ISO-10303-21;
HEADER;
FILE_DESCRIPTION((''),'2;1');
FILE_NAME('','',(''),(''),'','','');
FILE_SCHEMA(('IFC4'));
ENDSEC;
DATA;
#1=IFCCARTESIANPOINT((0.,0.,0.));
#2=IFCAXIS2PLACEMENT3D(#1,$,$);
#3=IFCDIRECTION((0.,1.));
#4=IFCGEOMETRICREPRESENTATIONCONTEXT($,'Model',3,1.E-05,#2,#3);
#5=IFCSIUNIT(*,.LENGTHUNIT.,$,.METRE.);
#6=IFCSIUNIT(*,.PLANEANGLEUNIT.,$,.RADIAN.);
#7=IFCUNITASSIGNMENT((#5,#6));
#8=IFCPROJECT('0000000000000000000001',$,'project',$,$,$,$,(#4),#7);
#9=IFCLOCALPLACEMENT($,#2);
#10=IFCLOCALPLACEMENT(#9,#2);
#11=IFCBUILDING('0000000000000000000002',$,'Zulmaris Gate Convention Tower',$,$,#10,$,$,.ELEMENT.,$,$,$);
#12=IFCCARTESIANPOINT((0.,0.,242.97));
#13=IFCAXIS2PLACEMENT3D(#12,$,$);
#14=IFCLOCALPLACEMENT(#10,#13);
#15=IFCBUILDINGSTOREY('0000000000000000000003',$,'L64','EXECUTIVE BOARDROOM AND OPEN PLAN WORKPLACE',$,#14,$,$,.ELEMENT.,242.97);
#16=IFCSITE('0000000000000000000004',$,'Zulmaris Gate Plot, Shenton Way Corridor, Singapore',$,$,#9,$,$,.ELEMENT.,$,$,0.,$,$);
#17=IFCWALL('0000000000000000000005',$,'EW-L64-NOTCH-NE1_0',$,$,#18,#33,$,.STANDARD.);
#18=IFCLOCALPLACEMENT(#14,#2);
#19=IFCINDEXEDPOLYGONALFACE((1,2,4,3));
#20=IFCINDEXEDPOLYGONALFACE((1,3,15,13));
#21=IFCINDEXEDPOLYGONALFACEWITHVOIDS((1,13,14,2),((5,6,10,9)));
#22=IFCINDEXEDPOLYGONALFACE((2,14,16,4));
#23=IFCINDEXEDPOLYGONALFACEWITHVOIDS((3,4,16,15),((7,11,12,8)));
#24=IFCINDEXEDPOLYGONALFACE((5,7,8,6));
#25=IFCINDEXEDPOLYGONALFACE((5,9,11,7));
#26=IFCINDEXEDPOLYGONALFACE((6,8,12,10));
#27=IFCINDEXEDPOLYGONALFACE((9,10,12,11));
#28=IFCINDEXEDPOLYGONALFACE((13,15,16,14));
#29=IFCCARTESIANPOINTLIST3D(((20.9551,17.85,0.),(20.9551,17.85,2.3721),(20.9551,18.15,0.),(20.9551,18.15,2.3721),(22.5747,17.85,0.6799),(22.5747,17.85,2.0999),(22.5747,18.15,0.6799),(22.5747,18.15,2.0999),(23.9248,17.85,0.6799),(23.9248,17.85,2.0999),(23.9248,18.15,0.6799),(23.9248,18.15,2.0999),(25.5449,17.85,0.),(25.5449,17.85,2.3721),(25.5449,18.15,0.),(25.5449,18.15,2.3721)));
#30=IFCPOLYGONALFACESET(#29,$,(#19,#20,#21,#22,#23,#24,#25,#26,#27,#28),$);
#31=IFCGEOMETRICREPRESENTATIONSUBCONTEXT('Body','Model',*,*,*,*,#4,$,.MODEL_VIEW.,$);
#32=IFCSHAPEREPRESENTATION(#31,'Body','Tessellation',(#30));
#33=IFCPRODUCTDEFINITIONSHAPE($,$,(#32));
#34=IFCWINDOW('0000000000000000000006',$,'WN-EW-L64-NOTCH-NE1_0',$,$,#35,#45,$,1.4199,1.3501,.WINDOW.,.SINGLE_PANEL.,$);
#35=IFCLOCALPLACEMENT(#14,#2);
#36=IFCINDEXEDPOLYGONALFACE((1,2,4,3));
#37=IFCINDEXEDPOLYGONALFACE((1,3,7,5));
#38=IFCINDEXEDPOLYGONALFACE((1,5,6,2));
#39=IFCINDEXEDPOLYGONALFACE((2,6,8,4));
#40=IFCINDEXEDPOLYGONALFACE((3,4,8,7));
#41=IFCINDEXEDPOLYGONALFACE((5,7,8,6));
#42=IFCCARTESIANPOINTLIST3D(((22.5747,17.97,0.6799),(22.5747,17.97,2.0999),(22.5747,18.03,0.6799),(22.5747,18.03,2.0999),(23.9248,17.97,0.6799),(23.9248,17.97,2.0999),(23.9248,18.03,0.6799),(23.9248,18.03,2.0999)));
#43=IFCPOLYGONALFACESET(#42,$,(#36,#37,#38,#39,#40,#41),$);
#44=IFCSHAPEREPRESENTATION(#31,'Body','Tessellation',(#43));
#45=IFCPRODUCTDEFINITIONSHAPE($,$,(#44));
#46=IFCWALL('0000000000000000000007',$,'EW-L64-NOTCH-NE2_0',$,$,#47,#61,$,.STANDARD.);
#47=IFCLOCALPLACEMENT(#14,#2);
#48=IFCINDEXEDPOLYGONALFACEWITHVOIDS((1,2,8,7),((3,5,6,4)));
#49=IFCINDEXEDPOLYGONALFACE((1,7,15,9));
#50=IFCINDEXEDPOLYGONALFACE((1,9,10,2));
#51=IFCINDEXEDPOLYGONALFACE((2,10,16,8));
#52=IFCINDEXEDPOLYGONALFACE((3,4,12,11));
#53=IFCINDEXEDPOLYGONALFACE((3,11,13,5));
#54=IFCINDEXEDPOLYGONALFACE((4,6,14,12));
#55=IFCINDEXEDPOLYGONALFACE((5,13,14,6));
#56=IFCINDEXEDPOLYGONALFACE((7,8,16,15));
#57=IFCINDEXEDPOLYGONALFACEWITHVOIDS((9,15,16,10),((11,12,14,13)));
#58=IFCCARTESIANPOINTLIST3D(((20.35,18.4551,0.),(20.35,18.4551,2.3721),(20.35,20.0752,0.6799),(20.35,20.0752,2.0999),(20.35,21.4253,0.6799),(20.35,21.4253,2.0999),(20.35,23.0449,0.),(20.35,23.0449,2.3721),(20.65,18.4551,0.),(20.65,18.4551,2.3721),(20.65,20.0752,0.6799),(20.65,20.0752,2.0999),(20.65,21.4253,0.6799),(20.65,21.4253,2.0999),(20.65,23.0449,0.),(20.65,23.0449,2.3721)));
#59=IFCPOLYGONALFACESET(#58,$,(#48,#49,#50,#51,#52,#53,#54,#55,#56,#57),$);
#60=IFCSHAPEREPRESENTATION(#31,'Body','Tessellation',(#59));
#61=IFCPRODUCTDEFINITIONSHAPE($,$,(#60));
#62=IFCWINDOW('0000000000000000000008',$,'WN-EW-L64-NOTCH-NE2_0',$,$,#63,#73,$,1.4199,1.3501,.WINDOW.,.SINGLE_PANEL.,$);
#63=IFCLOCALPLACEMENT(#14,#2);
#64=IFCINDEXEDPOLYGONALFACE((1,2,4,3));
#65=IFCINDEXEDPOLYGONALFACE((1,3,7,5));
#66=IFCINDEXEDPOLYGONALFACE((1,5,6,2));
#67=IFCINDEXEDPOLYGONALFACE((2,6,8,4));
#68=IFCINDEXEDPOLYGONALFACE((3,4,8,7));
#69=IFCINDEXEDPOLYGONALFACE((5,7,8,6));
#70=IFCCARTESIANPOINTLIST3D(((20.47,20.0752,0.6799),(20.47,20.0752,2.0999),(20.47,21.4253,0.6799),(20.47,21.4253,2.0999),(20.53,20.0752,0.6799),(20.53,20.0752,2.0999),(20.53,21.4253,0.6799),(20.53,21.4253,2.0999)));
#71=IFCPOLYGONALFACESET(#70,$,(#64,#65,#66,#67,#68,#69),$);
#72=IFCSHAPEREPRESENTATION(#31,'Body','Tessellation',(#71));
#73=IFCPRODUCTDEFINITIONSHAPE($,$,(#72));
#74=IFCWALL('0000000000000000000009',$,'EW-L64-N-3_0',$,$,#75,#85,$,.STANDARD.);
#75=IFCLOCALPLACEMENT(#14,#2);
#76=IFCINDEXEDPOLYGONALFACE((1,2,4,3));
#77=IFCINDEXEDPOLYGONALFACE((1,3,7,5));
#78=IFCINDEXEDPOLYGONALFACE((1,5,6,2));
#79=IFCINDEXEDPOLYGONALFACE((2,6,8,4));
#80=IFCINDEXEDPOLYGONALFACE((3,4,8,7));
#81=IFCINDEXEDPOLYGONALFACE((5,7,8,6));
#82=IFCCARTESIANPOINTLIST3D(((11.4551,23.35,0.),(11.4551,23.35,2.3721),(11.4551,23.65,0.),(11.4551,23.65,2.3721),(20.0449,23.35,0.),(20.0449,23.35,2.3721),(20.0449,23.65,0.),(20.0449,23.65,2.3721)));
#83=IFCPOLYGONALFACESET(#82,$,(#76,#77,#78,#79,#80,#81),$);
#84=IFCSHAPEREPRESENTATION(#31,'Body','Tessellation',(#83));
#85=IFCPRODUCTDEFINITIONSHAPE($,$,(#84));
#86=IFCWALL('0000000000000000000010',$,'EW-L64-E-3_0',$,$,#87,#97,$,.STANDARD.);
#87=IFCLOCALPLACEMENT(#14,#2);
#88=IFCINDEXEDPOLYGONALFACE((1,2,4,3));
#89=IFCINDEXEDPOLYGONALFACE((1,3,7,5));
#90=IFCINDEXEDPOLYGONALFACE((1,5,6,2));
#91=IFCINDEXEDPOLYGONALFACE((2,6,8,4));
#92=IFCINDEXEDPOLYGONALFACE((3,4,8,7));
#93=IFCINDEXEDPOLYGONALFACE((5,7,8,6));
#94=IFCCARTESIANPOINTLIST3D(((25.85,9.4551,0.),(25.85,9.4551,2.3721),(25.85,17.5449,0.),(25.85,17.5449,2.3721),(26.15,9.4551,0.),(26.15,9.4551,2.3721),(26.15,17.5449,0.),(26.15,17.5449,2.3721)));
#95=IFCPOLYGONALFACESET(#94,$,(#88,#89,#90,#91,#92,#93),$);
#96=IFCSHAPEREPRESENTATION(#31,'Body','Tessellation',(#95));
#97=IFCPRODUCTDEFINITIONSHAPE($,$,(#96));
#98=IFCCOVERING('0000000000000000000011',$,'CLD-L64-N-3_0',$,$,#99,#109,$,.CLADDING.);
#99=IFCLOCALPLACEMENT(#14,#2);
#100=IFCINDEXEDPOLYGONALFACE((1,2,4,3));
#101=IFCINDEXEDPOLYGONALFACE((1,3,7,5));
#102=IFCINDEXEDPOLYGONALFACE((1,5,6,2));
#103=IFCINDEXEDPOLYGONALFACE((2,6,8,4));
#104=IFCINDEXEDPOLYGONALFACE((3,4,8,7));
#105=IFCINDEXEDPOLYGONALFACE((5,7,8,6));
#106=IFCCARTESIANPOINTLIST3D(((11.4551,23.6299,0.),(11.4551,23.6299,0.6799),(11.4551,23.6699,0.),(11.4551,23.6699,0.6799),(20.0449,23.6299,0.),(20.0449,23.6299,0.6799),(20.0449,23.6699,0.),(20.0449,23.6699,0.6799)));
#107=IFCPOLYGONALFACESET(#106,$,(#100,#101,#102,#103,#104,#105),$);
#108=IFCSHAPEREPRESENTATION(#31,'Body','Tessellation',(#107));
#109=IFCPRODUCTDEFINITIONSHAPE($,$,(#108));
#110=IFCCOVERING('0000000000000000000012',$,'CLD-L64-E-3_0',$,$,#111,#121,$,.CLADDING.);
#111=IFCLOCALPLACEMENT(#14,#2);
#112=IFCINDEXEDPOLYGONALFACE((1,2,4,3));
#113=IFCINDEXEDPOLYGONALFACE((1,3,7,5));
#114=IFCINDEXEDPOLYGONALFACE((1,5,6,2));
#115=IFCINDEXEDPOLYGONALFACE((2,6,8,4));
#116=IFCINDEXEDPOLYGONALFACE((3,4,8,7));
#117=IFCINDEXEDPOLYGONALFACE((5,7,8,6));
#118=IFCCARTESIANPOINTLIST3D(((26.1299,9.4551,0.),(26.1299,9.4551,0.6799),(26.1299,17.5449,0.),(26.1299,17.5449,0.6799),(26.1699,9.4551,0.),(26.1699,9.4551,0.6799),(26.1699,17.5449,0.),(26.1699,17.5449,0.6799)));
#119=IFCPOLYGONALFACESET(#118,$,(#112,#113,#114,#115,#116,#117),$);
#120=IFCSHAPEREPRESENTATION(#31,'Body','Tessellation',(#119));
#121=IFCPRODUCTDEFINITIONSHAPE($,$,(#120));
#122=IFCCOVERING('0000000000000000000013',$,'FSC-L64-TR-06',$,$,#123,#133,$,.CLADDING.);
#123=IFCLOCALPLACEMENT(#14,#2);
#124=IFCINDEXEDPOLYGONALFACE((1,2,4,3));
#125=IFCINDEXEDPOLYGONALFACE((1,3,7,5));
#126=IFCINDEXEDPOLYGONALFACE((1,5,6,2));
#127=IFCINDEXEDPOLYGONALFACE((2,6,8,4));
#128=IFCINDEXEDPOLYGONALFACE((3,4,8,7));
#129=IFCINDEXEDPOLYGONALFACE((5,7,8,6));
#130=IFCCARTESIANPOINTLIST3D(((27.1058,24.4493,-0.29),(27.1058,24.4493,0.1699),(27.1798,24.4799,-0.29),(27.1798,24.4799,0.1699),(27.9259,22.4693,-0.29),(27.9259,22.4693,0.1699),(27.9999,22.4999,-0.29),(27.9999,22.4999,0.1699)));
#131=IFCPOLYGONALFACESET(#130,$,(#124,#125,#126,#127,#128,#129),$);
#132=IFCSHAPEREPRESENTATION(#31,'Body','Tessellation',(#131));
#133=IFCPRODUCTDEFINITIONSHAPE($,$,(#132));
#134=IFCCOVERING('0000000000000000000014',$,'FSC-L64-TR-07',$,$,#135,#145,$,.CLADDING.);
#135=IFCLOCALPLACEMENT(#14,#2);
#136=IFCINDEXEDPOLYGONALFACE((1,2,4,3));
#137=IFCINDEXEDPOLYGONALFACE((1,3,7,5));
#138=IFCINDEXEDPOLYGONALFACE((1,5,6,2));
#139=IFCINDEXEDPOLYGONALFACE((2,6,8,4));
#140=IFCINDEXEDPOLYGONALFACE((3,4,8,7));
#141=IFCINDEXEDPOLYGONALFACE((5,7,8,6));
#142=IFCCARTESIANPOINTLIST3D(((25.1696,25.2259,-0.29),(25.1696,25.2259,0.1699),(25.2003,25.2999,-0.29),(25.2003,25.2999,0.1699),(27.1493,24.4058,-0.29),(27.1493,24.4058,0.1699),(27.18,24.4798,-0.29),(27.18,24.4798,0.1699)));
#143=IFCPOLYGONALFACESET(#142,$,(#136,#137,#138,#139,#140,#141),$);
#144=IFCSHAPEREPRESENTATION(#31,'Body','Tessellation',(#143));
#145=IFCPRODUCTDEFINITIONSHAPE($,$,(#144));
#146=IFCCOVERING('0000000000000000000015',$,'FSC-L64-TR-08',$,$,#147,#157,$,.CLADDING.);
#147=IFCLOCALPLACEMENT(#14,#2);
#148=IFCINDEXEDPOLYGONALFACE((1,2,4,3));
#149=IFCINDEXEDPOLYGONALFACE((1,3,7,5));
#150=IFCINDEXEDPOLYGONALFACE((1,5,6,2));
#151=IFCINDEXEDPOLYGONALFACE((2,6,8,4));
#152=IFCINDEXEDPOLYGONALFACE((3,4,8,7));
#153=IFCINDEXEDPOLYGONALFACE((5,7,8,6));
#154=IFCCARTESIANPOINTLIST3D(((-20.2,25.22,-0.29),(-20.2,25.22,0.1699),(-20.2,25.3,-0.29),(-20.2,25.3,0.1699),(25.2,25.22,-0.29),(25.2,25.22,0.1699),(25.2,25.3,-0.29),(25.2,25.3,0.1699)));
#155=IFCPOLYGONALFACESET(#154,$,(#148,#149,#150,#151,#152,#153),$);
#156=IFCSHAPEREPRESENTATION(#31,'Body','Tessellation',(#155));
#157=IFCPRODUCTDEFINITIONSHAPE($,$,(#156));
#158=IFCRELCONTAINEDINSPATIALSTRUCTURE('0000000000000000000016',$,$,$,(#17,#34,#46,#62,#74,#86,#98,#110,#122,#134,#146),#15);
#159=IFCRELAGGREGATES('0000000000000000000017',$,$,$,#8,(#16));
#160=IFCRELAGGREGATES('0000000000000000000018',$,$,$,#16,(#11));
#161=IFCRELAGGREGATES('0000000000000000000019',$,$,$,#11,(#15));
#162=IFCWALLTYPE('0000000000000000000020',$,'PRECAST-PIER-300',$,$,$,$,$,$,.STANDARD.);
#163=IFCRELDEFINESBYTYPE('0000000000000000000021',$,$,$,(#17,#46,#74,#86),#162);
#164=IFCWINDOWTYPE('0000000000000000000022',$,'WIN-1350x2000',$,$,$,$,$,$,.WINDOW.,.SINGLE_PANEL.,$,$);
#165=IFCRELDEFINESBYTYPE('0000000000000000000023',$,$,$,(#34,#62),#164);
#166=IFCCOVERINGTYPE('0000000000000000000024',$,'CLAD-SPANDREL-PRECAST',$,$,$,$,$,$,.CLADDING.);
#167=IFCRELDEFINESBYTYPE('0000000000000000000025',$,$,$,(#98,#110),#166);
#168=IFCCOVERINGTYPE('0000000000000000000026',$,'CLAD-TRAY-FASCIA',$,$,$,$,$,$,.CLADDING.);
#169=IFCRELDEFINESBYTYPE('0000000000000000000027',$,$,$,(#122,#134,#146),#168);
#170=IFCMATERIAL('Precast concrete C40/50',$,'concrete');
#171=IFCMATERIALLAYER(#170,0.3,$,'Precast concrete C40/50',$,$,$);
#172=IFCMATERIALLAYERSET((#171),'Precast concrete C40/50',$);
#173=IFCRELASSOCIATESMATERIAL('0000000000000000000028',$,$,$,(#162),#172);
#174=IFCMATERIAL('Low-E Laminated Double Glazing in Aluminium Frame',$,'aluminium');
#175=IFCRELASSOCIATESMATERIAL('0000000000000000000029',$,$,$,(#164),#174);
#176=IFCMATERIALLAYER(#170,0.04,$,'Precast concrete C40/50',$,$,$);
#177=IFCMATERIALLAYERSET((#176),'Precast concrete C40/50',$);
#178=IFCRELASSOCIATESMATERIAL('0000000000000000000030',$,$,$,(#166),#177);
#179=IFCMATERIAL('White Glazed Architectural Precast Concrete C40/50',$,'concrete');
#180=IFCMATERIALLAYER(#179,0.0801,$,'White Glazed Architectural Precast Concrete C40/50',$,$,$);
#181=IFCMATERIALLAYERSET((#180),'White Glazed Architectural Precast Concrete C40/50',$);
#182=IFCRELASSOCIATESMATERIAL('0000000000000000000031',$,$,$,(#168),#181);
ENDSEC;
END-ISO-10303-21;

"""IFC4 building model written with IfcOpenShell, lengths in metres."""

from ifc_helpers import new_model, si_unit, direction, frame, frame_2d, origin, place, context, subcontext, project, spatial, rectangle, extrude, material, layer, layer_set, type_object, element, fill, save


model = new_model("IFC4")

# Units and contexts
model_context = context("Model", 3, precision=1e-05, world=origin(), true_north=direction((0.0, 1.0)))
body_context = subcontext(model_context, "Body", "Model", "MODEL_VIEW")
ifc_project = project(units=[si_unit("LENGTHUNIT", "METRE"), si_unit("PLANEANGLEUNIT", "RADIAN")], contexts=[model_context])

# Site, building, storey
site_placement = place(None, origin())
site = spatial("IfcSite", under=ifc_project, at=site_placement, Name="Zulmaris Gate Plot, Shenton Way Corridor, Singapore", CompositionType="ELEMENT", RefElevation=0.0)
building_placement = place(site_placement, origin())
building = spatial("IfcBuilding", under=site, at=building_placement, Name="Zulmaris Gate Convention Tower", CompositionType="ELEMENT")
storey_placement = place(building_placement, frame((0.0, 0.0, 242.97)))
storey = spatial("IfcBuildingStorey", under=building, at=storey_placement, Name="L64", Description="EXECUTIVE BOARDROOM AND OPEN PLAN WORKPLACE", CompositionType="ELEMENT", Elevation=242.97)

# Walls, openings, windows
ifc_material_1 = material(Name="Precast concrete C40/50", Category="concrete")
ifc_layer_1 = layer(ifc_material_1, 0.3, Name="Precast concrete C40/50")
ifc_layer_set_1 = layer_set([ifc_layer_1], Name="Precast concrete C40/50")
wall_type_1 = type_object("IfcWallType", Name="PRECAST-PIER-300", PredefinedType="STANDARD", material=ifc_layer_set_1)
wall_1_placement = place(storey_placement, frame((25.5449, 18.0, 0.0), z_axis=(0.0, 0.0, 1.0), x_axis=(-1.0, 0.0, 0.0)))
wall_1 = element("IfcWall", 1, at=wall_1_placement, inside=storey, type_object=wall_type_1, Name="EW-L64-NOTCH-NE1_0", PredefinedType="STANDARD", context=body_context, shape_type="SweptSolid", body=[
    extrude(rectangle(XDim=4.5898, YDim=0.3, at=frame_2d((2.2949, 0.0))), origin(), (0.0, 0.0, 1.0), 2.3721),
])
opening_1_placement = place(wall_1_placement, frame((1.6201, 0.0, 0.6799)))
opening_1 = element("IfcOpeningElement", 2, at=opening_1_placement, cuts=wall_1, PredefinedType="OPENING", context=body_context, shape_type="SweptSolid", body=[
    extrude(rectangle(XDim=1.3501, YDim=1.4199, at=frame_2d((0.675, 0.71))), frame((0.0, 0.1602, 0.0), z_axis=(0.0, -1.0, 0.0), x_axis=(1.0, 0.0, 0.0)), (0.0, 0.0, 1.0), 0.3201),
])
ifc_material_2 = material(Name="Low-E Laminated Double Glazing in Aluminium Frame", Category="aluminium")
window_type = type_object("IfcWindowType", Name="WIN-1350x2000", PartitioningType="SINGLE_PANEL", PredefinedType="WINDOW", material=ifc_material_2)
window_1_placement = place(opening_1_placement, origin())
window_1 = element("IfcWindow", 3, at=window_1_placement, inside=storey, type_object=window_type, Name="WN-EW-L64-NOTCH-NE1_0", OverallHeight=1.4199, OverallWidth=1.3501, PartitioningType="SINGLE_PANEL", PredefinedType="WINDOW", context=body_context, shape_type="SweptSolid", body=[
    extrude(rectangle(XDim=1.3501, YDim=1.4199, at=frame_2d((0.675, 0.71))), frame((0.0, 0.03, 0.0), z_axis=(0.0, -1.0, 0.0), x_axis=(1.0, 0.0, 0.0)), (0.0, 0.0, 1.0), 0.0601),
])
fill(opening_1, window_1)
wall_2_placement = place(storey_placement, frame((20.5, 18.4551, 0.0), z_axis=(0.0, 0.0, 1.0), x_axis=(0.0, 1.0, 0.0)))
wall_2 = element("IfcWall", 4, at=wall_2_placement, inside=storey, type_object=wall_type_1, Name="EW-L64-NOTCH-NE2_0", PredefinedType="STANDARD", context=body_context, shape_type="SweptSolid", body=[
    extrude(rectangle(XDim=4.5898, YDim=0.3, at=frame_2d((2.2949, 0.0))), origin(), (0.0, 0.0, 1.0), 2.3721),
])
opening_2_placement = place(wall_2_placement, frame((1.6201, 0.0, 0.6799)))
opening_2 = element("IfcOpeningElement", 5, at=opening_2_placement, cuts=wall_2, PredefinedType="OPENING", context=body_context, shape_type="SweptSolid", body=[
    extrude(rectangle(XDim=1.3501, YDim=1.4199, at=frame_2d((0.675, 0.71))), frame((0.0, 0.1602, 0.0), z_axis=(0.0, -1.0, 0.0), x_axis=(1.0, 0.0, 0.0)), (0.0, 0.0, 1.0), 0.3201),
])
window_2_placement = place(opening_2_placement, origin())
window_2 = element("IfcWindow", 6, at=window_2_placement, inside=storey, type_object=window_type, Name="WN-EW-L64-NOTCH-NE2_0", OverallHeight=1.4199, OverallWidth=1.3501, PartitioningType="SINGLE_PANEL", PredefinedType="WINDOW", context=body_context, shape_type="SweptSolid", body=[
    extrude(rectangle(XDim=1.3501, YDim=1.4199, at=frame_2d((0.675, 0.71))), frame((0.0, 0.03, 0.0), z_axis=(0.0, -1.0, 0.0), x_axis=(1.0, 0.0, 0.0)), (0.0, 0.0, 1.0), 0.0601),
])
fill(opening_2, window_2)

# Walls
wall_3_placement = place(storey_placement, frame((20.0449, 23.5, 0.0), z_axis=(0.0, 0.0, 1.0), x_axis=(-1.0, 0.0, 0.0)))
element("IfcWall", 7, at=wall_3_placement, inside=storey, type_object=wall_type_1, Name="EW-L64-N-3_0", PredefinedType="STANDARD", context=body_context, shape_type="SweptSolid", body=[
    extrude(rectangle(XDim=8.5898, YDim=0.3, at=frame_2d((4.2949, 0.0))), origin(), (0.0, 0.0, 1.0), 2.3721),
])
wall_4_placement = place(storey_placement, frame((26.0, 9.4551, 0.0), z_axis=(0.0, 0.0, 1.0), x_axis=(0.0, 1.0, 0.0)))
element("IfcWall", 8, at=wall_4_placement, inside=storey, type_object=wall_type_1, Name="EW-L64-E-3_0", PredefinedType="STANDARD", context=body_context, shape_type="SweptSolid", body=[
    extrude(rectangle(XDim=8.0898, YDim=0.3, at=frame_2d((4.0449, 0.0))), origin(), (0.0, 0.0, 1.0), 2.3721),
])

# Coverings
ifc_layer_2 = layer(ifc_material_1, 0.04, Name="Precast concrete C40/50")
ifc_layer_set_2 = layer_set([ifc_layer_2], Name="Precast concrete C40/50")
covering_type_1 = type_object("IfcCoveringType", Name="CLAD-SPANDREL-PRECAST", PredefinedType="CLADDING", material=ifc_layer_set_2)
covering_1_placement = place(storey_placement, frame((20.0449, 23.6499, 0.0), z_axis=(0.0, 0.0, 1.0), x_axis=(-1.0, 0.0, 0.0)))
element("IfcCovering", 9, at=covering_1_placement, inside=storey, type_object=covering_type_1, Name="CLD-L64-N-3_0", PredefinedType="CLADDING", context=body_context, shape_type="SweptSolid", body=[
    extrude(rectangle(XDim=8.5898, YDim=0.04, at=frame_2d((4.2949, 0.0))), origin(), (0.0, 0.0, 1.0), 0.6799),
])
covering_2_placement = place(storey_placement, frame((26.1499, 9.4551, 0.0), z_axis=(0.0, 0.0, 1.0), x_axis=(0.0, 1.0, 0.0)))
element("IfcCovering", 10, at=covering_2_placement, inside=storey, type_object=covering_type_1, Name="CLD-L64-E-3_0", PredefinedType="CLADDING", context=body_context, shape_type="SweptSolid", body=[
    extrude(rectangle(XDim=8.0898, YDim=0.04, at=frame_2d((4.0449, 0.0))), origin(), (0.0, 0.0, 1.0), 0.6799),
])
ifc_material_3 = material(Name="White Glazed Architectural Precast Concrete C40/50", Category="concrete")
ifc_layer_3 = layer(ifc_material_3, 0.0801, Name="White Glazed Architectural Precast Concrete C40/50")
ifc_layer_set_3 = layer_set([ifc_layer_3], Name="White Glazed Architectural Precast Concrete C40/50")
covering_type_2 = type_object("IfcCoveringType", Name="CLAD-TRAY-FASCIA", PredefinedType="CLADDING", material=ifc_layer_set_3)
covering_3_placement = place(storey_placement, frame((27.9629, 22.4846, -0.29), z_axis=(0.0, 0.0, 1.0), x_axis=(-0.382657, 0.92389, 0.0)))
element("IfcCovering", 11, at=covering_3_placement, inside=storey, type_object=covering_type_2, Name="FSC-L64-TR-06", PredefinedType="CLADDING", context=body_context, shape_type="SweptSolid", body=[
    extrude(rectangle(XDim=2.1431, YDim=0.0801, at=frame_2d((1.0715, 0.0))), origin(), (0.0, 0.0, 1.0), 0.46),
])
covering_4_placement = place(storey_placement, frame((27.1646, 24.4429, -0.29), z_axis=(0.0, 0.0, 1.0), x_axis=(-0.923874, 0.382697, 0.0)))
element("IfcCovering", 12, at=covering_4_placement, inside=storey, type_object=covering_type_2, Name="FSC-L64-TR-07", PredefinedType="CLADDING", context=body_context, shape_type="SweptSolid", body=[
    extrude(rectangle(XDim=2.1428, YDim=0.0801, at=frame_2d((1.0713, 0.0))), origin(), (0.0, 0.0, 1.0), 0.46),
])
covering_5_placement = place(storey_placement, frame((25.2, 25.26, -0.29), z_axis=(0.0, 0.0, 1.0), x_axis=(-1.0, 0.0, 0.0)))
element("IfcCovering", 13, at=covering_5_placement, inside=storey, type_object=covering_type_2, Name="FSC-L64-TR-08", PredefinedType="CLADDING", context=body_context, shape_type="SweptSolid", body=[
    extrude(rectangle(XDim=45.3999, YDim=0.0801, at=frame_2d((22.7, 0.0))), origin(), (0.0, 0.0, 1.0), 0.46),
])

save(model, "model.ifc")
